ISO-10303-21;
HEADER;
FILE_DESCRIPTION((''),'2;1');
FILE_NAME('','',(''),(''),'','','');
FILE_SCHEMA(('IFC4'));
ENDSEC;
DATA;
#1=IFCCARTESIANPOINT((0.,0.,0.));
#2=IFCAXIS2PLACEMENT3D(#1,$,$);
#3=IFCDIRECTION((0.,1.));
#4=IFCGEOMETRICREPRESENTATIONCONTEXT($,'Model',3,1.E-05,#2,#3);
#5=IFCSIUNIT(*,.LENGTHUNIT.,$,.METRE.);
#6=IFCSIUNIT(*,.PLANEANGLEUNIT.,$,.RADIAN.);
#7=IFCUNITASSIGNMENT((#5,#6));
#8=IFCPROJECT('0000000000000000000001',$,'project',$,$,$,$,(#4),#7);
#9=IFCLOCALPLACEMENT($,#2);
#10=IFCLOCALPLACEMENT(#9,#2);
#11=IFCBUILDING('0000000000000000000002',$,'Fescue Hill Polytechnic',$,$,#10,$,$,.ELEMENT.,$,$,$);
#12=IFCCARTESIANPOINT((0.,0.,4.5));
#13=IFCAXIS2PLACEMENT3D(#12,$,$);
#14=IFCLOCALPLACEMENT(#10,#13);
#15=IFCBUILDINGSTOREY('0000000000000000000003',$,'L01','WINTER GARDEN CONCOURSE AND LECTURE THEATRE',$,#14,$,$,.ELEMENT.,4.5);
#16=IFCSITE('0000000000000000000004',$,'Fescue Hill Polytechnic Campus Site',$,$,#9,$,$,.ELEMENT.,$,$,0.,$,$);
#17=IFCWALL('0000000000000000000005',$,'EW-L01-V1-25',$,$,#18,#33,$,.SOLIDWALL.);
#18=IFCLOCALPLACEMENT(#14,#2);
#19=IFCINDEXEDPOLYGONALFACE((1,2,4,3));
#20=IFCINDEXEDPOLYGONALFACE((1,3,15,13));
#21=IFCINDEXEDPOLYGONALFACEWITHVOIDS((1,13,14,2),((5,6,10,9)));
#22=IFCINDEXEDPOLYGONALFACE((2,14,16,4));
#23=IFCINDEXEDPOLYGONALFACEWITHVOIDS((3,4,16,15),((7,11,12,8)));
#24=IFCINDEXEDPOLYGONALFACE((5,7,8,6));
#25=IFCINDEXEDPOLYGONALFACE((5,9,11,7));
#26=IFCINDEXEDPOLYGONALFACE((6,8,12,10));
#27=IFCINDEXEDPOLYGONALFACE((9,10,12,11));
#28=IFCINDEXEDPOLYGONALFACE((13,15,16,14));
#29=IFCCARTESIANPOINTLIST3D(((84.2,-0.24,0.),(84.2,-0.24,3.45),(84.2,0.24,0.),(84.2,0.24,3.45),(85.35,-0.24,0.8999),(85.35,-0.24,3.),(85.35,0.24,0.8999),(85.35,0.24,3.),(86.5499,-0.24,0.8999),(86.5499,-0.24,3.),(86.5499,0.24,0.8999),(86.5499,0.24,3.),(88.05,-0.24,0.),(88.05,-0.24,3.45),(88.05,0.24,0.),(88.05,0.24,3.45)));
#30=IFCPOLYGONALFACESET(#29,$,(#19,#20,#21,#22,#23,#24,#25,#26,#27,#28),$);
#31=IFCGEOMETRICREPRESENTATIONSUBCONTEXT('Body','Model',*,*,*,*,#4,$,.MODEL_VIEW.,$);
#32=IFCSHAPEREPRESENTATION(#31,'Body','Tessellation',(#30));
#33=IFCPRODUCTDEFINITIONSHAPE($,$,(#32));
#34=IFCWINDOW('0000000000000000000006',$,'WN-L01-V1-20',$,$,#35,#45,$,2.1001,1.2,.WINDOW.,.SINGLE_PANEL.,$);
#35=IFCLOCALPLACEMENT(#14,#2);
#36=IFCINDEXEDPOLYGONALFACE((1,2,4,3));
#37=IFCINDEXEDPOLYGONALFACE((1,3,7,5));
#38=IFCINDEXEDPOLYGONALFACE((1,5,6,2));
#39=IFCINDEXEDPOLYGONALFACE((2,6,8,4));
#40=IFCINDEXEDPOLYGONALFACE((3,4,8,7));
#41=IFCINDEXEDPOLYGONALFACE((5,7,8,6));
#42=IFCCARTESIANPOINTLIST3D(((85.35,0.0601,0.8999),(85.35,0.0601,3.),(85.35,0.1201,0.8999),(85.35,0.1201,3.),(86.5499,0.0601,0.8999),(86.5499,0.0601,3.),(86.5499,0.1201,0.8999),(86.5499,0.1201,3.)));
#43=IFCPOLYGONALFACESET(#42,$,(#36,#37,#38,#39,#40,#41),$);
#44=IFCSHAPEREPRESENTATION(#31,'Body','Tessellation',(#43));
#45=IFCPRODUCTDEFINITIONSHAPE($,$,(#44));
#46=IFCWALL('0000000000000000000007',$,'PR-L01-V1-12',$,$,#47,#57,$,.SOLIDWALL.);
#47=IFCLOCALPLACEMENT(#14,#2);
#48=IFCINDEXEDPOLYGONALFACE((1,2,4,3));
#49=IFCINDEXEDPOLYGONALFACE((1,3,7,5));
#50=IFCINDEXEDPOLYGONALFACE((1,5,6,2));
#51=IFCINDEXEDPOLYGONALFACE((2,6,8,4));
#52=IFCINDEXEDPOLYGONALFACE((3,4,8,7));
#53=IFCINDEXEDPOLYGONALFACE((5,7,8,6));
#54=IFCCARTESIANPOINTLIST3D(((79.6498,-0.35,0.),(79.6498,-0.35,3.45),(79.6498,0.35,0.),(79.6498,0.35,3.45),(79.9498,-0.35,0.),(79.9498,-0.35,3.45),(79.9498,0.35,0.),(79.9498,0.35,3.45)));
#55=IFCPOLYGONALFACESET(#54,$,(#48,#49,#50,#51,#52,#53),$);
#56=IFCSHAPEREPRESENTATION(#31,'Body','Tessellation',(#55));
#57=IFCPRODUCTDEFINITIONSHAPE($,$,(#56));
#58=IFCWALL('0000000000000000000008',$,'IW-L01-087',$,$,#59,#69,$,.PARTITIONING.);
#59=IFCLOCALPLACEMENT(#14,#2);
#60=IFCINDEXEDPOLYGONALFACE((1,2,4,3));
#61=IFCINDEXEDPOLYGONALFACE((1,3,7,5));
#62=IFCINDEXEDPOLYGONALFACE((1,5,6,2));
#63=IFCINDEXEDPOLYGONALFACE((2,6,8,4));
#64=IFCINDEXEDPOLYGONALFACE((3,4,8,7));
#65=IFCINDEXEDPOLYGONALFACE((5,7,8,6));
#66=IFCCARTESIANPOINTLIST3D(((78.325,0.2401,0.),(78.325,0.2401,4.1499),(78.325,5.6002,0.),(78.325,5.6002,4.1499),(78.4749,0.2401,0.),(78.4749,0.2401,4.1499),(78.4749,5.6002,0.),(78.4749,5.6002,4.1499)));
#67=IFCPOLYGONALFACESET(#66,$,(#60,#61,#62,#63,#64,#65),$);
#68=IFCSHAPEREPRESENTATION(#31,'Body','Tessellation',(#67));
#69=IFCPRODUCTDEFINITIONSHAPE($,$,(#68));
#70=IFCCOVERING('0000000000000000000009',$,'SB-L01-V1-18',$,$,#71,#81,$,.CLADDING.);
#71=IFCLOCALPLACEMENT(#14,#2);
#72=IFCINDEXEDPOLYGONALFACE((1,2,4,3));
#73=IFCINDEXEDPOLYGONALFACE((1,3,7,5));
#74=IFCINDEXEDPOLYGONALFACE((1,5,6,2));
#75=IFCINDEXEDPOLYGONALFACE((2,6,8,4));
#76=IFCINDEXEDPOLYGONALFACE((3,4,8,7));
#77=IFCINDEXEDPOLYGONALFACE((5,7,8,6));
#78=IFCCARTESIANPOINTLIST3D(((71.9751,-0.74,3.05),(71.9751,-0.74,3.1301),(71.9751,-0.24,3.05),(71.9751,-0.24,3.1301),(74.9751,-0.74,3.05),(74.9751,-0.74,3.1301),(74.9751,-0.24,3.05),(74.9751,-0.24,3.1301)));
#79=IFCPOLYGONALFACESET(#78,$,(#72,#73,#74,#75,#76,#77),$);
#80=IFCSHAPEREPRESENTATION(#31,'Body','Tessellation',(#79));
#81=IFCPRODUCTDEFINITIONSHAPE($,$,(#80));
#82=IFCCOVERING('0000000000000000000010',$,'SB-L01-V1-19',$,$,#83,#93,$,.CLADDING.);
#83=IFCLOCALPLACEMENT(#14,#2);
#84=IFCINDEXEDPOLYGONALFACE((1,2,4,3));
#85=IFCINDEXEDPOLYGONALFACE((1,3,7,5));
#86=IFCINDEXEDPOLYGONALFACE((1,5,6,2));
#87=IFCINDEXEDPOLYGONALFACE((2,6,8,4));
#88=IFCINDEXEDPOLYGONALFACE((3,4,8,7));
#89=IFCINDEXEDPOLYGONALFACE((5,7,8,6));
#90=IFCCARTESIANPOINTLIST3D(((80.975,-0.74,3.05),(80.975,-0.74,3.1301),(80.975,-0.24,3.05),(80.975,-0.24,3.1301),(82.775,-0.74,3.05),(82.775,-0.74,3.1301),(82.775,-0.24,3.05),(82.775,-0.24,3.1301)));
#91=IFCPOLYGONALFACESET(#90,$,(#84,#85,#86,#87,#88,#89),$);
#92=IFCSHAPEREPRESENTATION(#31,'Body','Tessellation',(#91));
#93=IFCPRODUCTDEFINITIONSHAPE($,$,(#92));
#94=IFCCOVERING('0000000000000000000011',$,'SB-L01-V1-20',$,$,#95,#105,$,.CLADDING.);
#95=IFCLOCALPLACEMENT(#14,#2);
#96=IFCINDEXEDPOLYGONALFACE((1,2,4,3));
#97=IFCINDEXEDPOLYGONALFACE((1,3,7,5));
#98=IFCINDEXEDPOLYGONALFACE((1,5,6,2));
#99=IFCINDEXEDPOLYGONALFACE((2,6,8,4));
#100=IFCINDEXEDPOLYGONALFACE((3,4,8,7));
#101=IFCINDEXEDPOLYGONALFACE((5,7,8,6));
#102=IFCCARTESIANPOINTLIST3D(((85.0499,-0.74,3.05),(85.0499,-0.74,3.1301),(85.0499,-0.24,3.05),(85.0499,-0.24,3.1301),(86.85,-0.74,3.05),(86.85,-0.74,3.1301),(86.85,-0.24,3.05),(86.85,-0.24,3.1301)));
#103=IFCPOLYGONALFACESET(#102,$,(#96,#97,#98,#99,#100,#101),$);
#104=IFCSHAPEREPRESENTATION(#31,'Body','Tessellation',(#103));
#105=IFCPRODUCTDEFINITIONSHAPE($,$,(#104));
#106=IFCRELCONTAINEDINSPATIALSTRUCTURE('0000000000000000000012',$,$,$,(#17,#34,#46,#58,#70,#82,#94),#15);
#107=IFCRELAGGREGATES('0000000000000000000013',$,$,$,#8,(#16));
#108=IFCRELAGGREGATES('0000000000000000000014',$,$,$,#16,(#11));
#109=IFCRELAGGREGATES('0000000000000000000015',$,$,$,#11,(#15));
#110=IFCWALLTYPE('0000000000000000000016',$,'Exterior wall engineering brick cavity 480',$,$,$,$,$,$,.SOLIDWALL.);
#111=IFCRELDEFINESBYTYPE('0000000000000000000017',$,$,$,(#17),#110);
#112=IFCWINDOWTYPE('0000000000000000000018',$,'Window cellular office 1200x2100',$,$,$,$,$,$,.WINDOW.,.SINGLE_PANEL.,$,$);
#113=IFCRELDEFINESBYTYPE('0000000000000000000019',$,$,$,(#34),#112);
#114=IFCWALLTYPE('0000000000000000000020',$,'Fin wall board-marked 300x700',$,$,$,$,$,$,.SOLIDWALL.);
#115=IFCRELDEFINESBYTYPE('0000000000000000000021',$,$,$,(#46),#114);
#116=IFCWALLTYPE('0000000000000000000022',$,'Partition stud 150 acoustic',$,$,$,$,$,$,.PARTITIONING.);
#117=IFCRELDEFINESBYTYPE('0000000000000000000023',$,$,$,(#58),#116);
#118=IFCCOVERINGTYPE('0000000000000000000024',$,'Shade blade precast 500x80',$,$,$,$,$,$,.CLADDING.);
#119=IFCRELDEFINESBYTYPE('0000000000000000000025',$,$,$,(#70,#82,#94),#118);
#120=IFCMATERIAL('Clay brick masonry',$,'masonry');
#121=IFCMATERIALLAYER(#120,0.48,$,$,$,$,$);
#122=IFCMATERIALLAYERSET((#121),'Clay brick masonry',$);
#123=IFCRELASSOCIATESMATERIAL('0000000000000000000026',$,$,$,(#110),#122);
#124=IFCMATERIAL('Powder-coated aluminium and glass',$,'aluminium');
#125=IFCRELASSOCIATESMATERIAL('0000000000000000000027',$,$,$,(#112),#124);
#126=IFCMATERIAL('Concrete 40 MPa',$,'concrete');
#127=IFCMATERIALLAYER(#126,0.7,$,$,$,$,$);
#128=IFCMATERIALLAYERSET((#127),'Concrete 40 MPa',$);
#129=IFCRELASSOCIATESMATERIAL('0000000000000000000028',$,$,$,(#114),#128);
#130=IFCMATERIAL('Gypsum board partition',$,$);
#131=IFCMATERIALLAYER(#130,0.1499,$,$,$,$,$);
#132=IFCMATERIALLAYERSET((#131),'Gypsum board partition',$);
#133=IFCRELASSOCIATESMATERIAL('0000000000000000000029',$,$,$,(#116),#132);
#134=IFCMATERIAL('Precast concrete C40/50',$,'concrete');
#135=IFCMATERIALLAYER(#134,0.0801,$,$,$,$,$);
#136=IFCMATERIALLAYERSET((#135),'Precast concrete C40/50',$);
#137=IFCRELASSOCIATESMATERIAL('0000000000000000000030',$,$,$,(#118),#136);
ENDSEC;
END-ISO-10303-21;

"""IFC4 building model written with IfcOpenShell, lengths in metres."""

from ifc_helpers import new_model, si_unit, direction, frame, frame_2d, origin, origin_2d, place, context, subcontext, project, spatial, rectangle, extrude, material, layer, layer_set, type_object, element, fill, save


model = new_model("IFC4")

# Units and contexts
model_context = context("Model", 3, precision=1e-05, world=origin(), true_north=direction((0.0, 1.0)))
body_context = subcontext(model_context, "Body", "Model", "MODEL_VIEW")
ifc_project = project(units=[si_unit("LENGTHUNIT", "METRE"), si_unit("PLANEANGLEUNIT", "RADIAN")], contexts=[model_context])

# Site, building, storey
site_placement = place(None, origin())
site = spatial("IfcSite", under=ifc_project, at=site_placement, Name="Fescue Hill Polytechnic Campus Site", CompositionType="ELEMENT", RefElevation=0.0)
building_placement = place(site_placement, origin())
building = spatial("IfcBuilding", under=site, at=building_placement, Name="Fescue Hill Polytechnic", CompositionType="ELEMENT")
storey_placement = place(building_placement, frame((0.0, 0.0, 4.5)))
storey = spatial("IfcBuildingStorey", under=building, at=storey_placement, Name="L01", Description="WINTER GARDEN CONCOURSE AND LECTURE THEATRE", CompositionType="ELEMENT", Elevation=4.5)

# Shared definitions
ifc_material_1 = material(Name="Concrete 40 MPa", Category="concrete")

# Shared definitions
ifc_material_2 = material(Name="Clay brick masonry", Category="masonry")
ifc_layer_1 = layer(ifc_material_2, 0.48)
ifc_layer_set_1 = layer_set([ifc_layer_1], Name="Clay brick masonry")
wall_type_1 = type_object("IfcWallType", Name="Exterior wall engineering brick cavity 480", PredefinedType="SOLIDWALL", material=ifc_layer_set_1)
ifc_material_3 = material(Name="Powder-coated aluminium and glass", Category="aluminium")

# Wall, opening, window
window_type_1 = type_object("IfcWindowType", Name="Window cellular office 1200x2100", PartitioningType="SINGLE_PANEL", PredefinedType="WINDOW", material=ifc_material_3)
wall_1_placement = place(storey_placement, frame((84.2, 0.0, 0.0), z_axis=(0.0, 0.0, 1.0), x_axis=(1.0, 0.0, 0.0)))
wall_1 = element("IfcWall", 1, at=wall_1_placement, inside=storey, type_object=wall_type_1, Name="EW-L01-V1-25", PredefinedType="SOLIDWALL", context=body_context, shape_type="SweptSolid", body=[
    extrude(rectangle(XDim=3.8501, YDim=0.48, at=frame_2d((1.925, 0.0))), origin(), (0.0, 0.0, 1.0), 3.45),
])
opening_1_placement = place(wall_1_placement, frame((1.1499, 0.0, 0.8999)))
opening_1 = element("IfcOpeningElement", 2, at=opening_1_placement, cuts=wall_1, PredefinedType="OPENING", context=body_context, shape_type="SweptSolid", body=[
    extrude(rectangle(XDim=1.2, YDim=2.1001, at=frame_2d((0.6001, 1.05))), frame((0.0, 0.25, 0.0), z_axis=(0.0, -1.0, 0.0), x_axis=(1.0, 0.0, 0.0)), (0.0, 0.0, 1.0), 0.5),
])
window_1_placement = place(opening_1_placement, origin())
window_1 = element("IfcWindow", 3, at=window_1_placement, inside=storey, type_object=window_type_1, Name="WN-L01-V1-20", OverallHeight=2.1001, OverallWidth=1.2, PartitioningType="SINGLE_PANEL", PredefinedType="WINDOW", context=body_context, shape_type="SweptSolid", body=[
    extrude(rectangle(XDim=1.2, YDim=2.1001, at=frame_2d((0.6001, 1.05))), frame((0.0, 0.1201, 0.0), z_axis=(0.0, -1.0, 0.0), x_axis=(1.0, 0.0, 0.0)), (0.0, 0.0, 1.0), 0.0601),
])
fill(opening_1, window_1)

# Walls
ifc_layer_2 = layer(ifc_material_1, 0.7)
ifc_layer_set_2 = layer_set([ifc_layer_2], Name="Concrete 40 MPa")
wall_type_2 = type_object("IfcWallType", Name="Fin wall board-marked 300x700", PredefinedType="SOLIDWALL", material=ifc_layer_set_2)
wall_2_placement = place(storey_placement, frame((79.6499, 0.0, 0.0), z_axis=(0.0, 0.0, 1.0), x_axis=(1.0, 0.0, 0.0)))
element("IfcWall", 4, at=wall_2_placement, inside=storey, type_object=wall_type_2, Name="PR-L01-V1-12", PredefinedType="SOLIDWALL", context=body_context, shape_type="SweptSolid", body=[
    extrude(rectangle(XDim=0.3, YDim=0.7, at=frame_2d((0.1499, 0.0))), origin(), (0.0, 0.0, 1.0), 3.45),
])
ifc_material_4 = material(Name="Gypsum board partition")
ifc_layer_3 = layer(ifc_material_4, 0.1499)
ifc_layer_set_3 = layer_set([ifc_layer_3], Name="Gypsum board partition")
wall_type_3 = type_object("IfcWallType", Name="Partition stud 150 acoustic", PredefinedType="PARTITIONING", material=ifc_layer_set_3)
wall_3_placement = place(storey_placement, frame((78.3999, 0.24, 0.0), z_axis=(0.0, 0.0, 1.0), x_axis=(0.0, 1.0, 0.0)))
element("IfcWall", 5, at=wall_3_placement, inside=storey, type_object=wall_type_3, Name="IW-L01-087", PredefinedType="PARTITIONING", context=body_context, shape_type="SweptSolid", body=[
    extrude(rectangle(XDim=5.3601, YDim=0.1499, at=frame_2d((2.6802, 0.0))), origin(), (0.0, 0.0, 1.0), 4.1499),
])

# Coverings
ifc_material_5 = material(Name="Precast concrete C40/50", Category="concrete")
ifc_layer_4 = layer(ifc_material_5, 0.0801)
ifc_layer_set_4 = layer_set([ifc_layer_4], Name="Precast concrete C40/50")
covering_type = type_object("IfcCoveringType", Name="Shade blade precast 500x80", PredefinedType="CLADDING", material=ifc_layer_set_4)
covering_placement = place(storey_placement, frame((73.4751, -0.49, 3.05), z_axis=(0.0, 0.0, 1.0), x_axis=(1.0, 0.0, 0.0)))
element("IfcCovering", 6, at=covering_placement, inside=storey, type_object=covering_type, Name="SB-L01-V1-18", PredefinedType="CLADDING", context=body_context, shape_type="SweptSolid", body=[
    extrude(rectangle(XDim=3.0, YDim=0.5, at=origin_2d()), origin(), (0.0, 0.0, 1.0), 0.0801),
])
for number, where, z_axis, x_axis, name in (
    (7, (81.875, -0.49, 3.05), (0.0, 0.0, 1.0), (1.0, 0.0, 0.0), "SB-L01-V1-19"),
    (8, (85.95, -0.49, 3.05), (0.0, 0.0, 1.0), (1.0, 0.0, 0.0), "SB-L01-V1-20"),
):
    element("IfcCovering", number, at=place(storey_placement, frame(where, z_axis=z_axis, x_axis=x_axis)), inside=storey, type_object=covering_type, Name=name, PredefinedType="CLADDING", context=body_context, shape_type="SweptSolid", body=[
        extrude(rectangle(XDim=1.8, YDim=0.5, at=origin_2d()), origin(), (0.0, 0.0, 1.0), 0.0801),
    ])

save(model, "model.ifc")
